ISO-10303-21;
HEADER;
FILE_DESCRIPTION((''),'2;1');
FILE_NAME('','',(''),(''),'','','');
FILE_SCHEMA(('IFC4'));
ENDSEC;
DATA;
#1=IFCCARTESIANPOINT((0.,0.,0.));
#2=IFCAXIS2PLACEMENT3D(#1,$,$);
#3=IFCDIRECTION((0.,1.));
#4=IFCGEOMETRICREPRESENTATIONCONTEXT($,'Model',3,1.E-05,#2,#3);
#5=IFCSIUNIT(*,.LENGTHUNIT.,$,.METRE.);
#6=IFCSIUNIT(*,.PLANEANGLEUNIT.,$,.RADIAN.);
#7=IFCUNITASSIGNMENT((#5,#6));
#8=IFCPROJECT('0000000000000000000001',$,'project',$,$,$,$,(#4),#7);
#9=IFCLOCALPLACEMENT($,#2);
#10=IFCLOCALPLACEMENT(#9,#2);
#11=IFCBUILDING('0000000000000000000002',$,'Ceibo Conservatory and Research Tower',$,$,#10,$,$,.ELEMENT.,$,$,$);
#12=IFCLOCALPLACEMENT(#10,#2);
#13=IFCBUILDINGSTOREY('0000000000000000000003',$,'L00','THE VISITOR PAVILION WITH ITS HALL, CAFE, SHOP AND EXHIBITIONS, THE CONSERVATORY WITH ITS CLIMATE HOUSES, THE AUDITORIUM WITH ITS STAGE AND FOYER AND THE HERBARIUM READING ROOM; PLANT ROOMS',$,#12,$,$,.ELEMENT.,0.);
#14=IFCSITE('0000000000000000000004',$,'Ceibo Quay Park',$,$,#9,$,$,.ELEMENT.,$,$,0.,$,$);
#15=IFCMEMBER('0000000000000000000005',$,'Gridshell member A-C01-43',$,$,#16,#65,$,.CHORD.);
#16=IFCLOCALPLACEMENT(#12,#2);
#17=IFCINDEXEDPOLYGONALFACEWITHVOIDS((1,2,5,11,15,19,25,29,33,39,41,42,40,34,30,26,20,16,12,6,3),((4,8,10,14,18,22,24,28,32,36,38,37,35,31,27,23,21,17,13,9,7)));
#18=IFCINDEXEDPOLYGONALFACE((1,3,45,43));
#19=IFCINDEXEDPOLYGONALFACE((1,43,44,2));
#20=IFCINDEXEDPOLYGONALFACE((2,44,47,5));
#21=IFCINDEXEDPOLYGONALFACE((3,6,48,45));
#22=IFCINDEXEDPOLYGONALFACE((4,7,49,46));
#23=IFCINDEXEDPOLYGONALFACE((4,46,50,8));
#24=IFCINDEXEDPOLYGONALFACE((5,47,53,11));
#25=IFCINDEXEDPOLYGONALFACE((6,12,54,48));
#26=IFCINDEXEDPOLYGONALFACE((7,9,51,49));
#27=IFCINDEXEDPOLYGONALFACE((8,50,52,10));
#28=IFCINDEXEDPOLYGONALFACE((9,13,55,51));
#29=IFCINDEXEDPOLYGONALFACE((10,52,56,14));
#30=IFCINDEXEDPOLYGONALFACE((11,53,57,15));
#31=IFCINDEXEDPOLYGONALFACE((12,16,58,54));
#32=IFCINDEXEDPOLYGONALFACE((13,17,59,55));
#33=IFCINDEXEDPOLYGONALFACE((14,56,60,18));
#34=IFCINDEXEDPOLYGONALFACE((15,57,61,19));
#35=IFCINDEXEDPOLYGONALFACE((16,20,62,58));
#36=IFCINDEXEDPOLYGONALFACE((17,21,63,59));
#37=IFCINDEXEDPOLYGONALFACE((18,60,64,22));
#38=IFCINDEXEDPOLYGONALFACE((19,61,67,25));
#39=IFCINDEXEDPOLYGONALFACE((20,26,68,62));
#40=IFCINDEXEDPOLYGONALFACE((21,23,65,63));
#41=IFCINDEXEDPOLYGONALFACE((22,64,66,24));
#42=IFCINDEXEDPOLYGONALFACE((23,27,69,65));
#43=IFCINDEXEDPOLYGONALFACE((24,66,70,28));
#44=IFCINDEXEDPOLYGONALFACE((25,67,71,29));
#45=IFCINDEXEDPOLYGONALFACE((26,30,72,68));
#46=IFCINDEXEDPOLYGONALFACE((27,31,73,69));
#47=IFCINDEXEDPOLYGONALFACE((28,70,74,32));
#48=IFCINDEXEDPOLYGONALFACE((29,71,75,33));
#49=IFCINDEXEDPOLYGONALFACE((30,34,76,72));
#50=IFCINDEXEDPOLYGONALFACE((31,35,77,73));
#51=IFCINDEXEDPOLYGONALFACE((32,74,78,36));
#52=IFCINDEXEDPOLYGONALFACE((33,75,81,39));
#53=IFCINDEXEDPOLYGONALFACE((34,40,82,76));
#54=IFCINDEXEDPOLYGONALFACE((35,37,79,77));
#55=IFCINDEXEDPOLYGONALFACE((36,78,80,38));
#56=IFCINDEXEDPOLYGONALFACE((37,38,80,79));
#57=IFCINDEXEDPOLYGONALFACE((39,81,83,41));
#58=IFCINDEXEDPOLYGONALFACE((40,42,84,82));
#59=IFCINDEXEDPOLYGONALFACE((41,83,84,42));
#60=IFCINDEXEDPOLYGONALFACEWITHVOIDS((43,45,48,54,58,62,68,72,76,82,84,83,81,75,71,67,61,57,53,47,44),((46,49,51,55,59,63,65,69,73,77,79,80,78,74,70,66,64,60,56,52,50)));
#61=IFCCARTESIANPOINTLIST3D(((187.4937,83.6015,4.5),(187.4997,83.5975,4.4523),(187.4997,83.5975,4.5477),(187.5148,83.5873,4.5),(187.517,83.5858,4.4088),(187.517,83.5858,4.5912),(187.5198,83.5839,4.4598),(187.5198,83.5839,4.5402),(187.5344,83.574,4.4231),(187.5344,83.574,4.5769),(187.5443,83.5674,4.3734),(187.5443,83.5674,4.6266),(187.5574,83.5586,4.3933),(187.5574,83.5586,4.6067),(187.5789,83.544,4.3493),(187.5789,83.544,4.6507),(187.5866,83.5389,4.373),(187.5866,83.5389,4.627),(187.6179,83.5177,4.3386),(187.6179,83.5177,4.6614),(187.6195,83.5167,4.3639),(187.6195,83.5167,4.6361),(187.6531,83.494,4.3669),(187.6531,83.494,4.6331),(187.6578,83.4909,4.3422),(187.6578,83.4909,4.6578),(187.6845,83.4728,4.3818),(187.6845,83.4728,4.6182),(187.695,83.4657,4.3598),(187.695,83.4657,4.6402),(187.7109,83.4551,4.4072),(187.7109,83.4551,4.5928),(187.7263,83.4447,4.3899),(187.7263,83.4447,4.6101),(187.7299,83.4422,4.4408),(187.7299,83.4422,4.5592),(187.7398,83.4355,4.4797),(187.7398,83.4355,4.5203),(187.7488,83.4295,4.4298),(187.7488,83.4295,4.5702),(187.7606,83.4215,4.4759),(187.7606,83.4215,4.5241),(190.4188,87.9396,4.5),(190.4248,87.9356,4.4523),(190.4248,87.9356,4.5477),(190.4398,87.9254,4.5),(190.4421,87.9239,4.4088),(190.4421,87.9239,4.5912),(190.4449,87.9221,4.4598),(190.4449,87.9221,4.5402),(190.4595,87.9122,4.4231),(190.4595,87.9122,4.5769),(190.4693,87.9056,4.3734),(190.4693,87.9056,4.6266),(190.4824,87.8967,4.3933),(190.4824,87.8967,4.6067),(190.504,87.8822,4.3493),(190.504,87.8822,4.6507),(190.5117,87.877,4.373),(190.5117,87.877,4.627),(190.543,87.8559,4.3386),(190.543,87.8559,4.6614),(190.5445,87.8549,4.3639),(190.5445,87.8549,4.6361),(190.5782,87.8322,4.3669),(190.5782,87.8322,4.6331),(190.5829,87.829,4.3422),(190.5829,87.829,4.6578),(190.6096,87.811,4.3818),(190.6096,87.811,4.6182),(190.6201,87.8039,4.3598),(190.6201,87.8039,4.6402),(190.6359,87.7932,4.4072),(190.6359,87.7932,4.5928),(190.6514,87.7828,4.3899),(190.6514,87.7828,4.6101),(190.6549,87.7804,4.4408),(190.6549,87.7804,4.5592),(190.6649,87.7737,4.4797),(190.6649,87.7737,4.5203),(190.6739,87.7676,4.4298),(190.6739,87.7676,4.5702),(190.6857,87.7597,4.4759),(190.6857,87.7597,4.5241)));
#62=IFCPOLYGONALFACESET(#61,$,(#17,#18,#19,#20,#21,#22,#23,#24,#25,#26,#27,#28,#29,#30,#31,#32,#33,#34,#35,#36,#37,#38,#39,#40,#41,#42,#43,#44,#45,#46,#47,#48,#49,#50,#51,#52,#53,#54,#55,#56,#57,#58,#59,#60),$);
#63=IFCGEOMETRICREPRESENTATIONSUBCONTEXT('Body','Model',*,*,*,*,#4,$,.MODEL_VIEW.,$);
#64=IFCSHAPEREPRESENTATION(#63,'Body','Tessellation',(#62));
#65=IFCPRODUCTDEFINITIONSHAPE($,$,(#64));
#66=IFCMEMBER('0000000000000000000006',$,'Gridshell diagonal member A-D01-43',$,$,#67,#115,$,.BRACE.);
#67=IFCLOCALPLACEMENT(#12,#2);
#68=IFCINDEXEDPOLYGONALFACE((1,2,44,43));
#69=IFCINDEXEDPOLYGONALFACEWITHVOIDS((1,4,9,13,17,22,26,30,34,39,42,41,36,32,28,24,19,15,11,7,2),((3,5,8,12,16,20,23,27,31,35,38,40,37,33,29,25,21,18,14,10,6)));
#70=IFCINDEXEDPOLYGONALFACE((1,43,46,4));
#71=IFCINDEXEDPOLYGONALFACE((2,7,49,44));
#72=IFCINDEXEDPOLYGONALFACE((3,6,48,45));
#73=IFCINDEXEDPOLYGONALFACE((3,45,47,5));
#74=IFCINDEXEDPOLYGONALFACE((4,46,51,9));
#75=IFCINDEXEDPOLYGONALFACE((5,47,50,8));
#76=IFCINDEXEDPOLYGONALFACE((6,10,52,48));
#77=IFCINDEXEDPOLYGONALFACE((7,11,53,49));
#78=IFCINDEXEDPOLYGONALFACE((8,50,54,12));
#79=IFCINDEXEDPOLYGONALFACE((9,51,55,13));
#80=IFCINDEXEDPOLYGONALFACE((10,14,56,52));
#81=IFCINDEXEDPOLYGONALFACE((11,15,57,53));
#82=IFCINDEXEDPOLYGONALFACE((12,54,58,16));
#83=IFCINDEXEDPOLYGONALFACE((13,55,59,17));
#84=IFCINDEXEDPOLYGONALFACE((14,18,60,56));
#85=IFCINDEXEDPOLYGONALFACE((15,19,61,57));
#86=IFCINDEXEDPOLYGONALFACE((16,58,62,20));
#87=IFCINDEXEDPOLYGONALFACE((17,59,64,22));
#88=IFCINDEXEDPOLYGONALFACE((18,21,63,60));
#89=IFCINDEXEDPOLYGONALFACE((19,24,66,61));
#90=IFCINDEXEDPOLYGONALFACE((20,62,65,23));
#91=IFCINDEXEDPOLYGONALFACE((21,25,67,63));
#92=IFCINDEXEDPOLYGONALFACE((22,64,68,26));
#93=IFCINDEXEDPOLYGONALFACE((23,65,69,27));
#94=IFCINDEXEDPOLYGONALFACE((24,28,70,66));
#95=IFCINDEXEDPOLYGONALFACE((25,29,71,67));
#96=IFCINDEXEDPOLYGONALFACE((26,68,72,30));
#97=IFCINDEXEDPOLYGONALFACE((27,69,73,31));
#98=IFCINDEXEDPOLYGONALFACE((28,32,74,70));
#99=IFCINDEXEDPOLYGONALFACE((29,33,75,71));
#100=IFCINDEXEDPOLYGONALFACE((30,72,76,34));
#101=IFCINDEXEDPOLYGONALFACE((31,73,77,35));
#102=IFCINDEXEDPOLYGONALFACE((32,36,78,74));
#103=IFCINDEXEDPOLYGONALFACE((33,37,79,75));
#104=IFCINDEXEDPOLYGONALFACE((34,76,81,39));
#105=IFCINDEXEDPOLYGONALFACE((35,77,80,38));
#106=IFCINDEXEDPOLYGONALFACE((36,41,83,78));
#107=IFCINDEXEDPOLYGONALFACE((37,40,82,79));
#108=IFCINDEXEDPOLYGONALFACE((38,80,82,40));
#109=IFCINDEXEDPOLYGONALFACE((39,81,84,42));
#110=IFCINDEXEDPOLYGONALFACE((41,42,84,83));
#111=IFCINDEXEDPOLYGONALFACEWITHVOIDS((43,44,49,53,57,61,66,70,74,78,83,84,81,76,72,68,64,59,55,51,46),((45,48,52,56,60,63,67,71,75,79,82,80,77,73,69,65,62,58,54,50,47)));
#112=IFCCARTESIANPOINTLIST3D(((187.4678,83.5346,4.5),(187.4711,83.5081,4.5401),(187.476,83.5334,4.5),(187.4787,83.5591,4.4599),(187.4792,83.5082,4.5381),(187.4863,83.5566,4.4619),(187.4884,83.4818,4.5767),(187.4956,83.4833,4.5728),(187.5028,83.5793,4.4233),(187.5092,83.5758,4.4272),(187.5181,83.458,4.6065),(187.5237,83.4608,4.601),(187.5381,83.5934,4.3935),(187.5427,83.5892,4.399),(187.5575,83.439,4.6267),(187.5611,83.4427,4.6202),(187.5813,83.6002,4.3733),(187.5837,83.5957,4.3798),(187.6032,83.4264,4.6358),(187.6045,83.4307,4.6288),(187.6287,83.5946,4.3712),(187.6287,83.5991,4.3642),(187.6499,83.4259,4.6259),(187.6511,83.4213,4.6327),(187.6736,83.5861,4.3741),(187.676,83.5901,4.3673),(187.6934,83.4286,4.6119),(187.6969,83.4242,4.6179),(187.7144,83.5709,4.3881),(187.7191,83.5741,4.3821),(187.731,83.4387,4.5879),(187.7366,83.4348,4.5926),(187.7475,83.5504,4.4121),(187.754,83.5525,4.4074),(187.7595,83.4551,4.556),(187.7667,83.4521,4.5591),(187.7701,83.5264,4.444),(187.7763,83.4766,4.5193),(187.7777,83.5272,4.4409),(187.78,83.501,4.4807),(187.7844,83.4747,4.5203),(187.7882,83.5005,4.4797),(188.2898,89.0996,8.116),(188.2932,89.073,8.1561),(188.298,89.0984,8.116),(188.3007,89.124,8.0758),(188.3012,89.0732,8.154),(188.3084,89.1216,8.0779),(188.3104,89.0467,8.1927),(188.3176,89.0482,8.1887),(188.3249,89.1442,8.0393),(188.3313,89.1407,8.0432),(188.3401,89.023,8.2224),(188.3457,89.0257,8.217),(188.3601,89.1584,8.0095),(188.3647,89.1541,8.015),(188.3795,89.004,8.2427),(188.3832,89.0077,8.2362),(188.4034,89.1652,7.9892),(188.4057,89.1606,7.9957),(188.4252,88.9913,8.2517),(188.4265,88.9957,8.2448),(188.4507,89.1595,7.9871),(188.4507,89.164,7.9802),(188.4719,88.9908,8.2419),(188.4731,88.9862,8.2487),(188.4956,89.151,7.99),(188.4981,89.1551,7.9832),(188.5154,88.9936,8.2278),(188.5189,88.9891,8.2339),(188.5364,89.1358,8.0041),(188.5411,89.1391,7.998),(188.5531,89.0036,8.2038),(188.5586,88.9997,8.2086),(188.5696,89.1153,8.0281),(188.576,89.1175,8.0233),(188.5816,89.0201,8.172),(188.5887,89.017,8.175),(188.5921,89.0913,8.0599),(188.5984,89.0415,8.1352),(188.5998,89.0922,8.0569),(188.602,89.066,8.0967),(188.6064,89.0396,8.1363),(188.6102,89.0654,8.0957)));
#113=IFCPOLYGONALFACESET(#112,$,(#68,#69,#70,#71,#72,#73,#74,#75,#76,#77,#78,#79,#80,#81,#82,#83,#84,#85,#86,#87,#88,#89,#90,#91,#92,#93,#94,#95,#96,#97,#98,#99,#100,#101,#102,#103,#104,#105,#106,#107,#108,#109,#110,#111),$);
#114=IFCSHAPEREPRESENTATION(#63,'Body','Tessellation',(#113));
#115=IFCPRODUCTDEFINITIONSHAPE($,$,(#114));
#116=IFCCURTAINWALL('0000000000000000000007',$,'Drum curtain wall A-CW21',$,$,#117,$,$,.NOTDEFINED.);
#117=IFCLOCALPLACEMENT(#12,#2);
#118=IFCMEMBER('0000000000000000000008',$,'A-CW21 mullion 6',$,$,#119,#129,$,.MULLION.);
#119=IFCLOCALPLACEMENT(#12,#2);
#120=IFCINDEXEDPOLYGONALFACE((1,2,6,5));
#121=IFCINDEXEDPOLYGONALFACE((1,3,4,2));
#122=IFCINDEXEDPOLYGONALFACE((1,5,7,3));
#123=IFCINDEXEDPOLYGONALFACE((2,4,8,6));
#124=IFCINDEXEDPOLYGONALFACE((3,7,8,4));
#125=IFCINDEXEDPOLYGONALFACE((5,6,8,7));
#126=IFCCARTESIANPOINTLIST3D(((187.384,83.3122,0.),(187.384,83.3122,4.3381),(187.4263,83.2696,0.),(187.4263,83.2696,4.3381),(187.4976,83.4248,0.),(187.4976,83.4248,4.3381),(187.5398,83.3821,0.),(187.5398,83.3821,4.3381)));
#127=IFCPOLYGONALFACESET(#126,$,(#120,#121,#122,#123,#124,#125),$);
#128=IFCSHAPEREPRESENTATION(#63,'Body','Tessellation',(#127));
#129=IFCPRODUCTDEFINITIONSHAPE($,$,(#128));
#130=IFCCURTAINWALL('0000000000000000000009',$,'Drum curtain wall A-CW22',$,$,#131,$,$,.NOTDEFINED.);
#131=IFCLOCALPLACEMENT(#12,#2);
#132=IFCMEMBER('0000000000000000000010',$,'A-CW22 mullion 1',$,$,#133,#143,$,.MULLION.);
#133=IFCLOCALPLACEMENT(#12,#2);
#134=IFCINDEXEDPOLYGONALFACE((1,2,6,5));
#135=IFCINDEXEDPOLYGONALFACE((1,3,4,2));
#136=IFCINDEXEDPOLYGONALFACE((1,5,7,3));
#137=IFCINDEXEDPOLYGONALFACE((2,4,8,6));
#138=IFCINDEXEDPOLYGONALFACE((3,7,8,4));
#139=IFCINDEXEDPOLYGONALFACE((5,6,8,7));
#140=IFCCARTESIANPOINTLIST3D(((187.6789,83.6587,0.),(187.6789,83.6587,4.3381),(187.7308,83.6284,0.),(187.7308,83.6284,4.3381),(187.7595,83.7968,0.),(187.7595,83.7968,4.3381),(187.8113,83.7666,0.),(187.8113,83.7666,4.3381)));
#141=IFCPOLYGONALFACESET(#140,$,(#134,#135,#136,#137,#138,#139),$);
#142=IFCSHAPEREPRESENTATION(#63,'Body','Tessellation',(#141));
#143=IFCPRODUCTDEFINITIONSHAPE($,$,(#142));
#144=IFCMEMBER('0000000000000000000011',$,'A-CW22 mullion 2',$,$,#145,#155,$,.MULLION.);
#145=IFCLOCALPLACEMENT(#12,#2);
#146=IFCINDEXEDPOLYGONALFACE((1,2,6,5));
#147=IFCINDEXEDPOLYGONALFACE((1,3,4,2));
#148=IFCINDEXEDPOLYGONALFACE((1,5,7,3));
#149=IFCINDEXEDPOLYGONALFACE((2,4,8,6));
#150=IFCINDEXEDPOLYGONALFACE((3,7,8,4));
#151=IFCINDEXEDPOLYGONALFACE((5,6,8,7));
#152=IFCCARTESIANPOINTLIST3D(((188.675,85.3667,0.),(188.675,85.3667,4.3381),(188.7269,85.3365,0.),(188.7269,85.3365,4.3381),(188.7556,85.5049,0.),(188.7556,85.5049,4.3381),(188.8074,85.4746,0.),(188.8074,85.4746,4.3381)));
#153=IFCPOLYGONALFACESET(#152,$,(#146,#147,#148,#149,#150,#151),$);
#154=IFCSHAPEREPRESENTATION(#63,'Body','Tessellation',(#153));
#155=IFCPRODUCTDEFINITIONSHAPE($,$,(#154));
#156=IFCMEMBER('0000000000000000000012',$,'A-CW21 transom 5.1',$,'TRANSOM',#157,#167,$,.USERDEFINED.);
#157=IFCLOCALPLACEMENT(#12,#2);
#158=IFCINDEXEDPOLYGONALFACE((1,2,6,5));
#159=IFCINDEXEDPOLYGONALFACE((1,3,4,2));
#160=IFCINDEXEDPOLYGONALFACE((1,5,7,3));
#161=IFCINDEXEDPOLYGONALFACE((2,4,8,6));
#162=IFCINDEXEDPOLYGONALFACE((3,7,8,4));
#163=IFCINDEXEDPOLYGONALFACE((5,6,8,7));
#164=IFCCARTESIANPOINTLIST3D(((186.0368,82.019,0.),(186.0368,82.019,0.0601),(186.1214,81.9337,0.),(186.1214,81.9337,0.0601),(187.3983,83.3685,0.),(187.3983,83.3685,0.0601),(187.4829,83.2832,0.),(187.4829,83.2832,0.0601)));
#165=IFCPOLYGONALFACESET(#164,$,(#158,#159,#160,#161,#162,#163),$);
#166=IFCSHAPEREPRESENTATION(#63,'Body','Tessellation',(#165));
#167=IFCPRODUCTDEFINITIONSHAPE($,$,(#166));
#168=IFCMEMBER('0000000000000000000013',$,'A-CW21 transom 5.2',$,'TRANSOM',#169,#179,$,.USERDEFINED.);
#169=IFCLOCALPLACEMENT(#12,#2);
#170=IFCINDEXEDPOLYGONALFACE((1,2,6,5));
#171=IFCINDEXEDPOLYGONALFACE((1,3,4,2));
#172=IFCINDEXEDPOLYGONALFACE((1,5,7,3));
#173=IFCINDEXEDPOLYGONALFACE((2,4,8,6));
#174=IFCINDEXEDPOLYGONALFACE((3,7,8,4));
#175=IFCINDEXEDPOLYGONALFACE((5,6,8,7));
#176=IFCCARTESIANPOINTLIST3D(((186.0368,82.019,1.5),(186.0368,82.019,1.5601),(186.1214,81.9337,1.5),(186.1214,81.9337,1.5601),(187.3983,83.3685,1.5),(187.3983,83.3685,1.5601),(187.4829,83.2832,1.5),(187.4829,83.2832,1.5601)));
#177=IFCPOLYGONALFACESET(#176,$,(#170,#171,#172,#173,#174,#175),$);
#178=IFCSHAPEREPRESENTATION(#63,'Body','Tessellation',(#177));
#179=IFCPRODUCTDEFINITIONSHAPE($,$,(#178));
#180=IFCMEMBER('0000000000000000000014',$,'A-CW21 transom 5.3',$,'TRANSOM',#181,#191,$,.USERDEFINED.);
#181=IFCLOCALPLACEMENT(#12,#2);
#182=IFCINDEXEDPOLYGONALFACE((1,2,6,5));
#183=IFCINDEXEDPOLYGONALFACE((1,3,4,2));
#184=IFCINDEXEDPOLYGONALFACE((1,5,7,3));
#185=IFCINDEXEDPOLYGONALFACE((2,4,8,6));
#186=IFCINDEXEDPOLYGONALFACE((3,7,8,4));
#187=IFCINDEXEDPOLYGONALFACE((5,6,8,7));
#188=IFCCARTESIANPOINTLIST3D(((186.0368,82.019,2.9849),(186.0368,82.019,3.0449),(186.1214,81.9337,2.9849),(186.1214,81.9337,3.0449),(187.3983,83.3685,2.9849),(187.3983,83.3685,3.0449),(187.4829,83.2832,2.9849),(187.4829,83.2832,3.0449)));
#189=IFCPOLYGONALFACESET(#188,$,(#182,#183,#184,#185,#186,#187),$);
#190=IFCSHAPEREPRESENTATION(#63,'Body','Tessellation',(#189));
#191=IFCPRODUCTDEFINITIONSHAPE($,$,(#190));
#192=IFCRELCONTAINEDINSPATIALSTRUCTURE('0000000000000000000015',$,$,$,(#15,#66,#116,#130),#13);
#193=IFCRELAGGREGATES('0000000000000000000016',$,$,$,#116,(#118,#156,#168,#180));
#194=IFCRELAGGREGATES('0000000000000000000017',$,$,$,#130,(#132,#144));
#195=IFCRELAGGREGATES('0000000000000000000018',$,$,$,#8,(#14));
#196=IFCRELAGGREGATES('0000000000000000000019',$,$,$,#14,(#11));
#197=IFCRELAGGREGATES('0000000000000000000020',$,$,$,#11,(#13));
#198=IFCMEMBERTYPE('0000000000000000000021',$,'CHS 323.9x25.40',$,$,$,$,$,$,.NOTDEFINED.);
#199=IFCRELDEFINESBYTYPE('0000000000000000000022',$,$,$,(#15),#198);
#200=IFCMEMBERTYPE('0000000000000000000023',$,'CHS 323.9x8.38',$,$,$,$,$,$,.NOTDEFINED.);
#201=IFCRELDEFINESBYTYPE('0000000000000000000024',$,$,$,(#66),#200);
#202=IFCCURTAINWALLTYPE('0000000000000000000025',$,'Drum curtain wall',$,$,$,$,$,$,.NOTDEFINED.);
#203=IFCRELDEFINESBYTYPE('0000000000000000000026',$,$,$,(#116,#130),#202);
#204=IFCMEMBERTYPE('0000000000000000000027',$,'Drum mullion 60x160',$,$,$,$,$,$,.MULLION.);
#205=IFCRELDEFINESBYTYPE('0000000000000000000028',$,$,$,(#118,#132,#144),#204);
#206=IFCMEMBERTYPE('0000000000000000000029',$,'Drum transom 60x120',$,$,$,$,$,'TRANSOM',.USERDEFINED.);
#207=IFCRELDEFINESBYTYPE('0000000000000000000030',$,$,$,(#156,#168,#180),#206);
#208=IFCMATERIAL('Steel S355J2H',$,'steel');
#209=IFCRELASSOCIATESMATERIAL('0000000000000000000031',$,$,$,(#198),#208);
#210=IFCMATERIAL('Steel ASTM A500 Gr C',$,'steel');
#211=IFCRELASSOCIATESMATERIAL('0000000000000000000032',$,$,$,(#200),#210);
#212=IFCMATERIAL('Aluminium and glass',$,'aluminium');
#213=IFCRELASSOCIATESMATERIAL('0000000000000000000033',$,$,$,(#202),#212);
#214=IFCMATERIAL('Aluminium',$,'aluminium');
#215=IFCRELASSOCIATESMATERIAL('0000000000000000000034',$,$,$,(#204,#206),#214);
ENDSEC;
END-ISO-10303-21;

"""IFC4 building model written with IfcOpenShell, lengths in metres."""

from ifc_helpers import new_model, si_unit, direction, frame, origin, origin_2d, place, context, subcontext, project, spatial, rectangle, hollow_circle, extrude, material, material_profile, profile_set, type_object, element, aggregate, save


model = new_model("IFC4")

# Units and contexts
model_context = context("Model", 3, precision=1e-05, world=origin(), true_north=direction((0.0, 1.0)))
body_context = subcontext(model_context, "Body", "Model", "MODEL_VIEW")
ifc_project = project(units=[si_unit("LENGTHUNIT", "METRE"), si_unit("PLANEANGLEUNIT", "RADIAN")], contexts=[model_context])

# Site, building, storey
site_placement = place(None, origin())
site = spatial("IfcSite", under=ifc_project, at=site_placement, Name="Ceibo Quay Park", CompositionType="ELEMENT", RefElevation=0.0)
building_placement = place(site_placement, origin())
building = spatial("IfcBuilding", under=site, at=building_placement, Name="Ceibo Conservatory and Research Tower", CompositionType="ELEMENT")
storey_placement = place(building_placement, origin())
storey = spatial("IfcBuildingStorey", under=building, at=storey_placement, Name="L00", Description="THE VISITOR PAVILION WITH ITS HALL, CAFE, SHOP AND EXHIBITIONS, THE CONSERVATORY WITH ITS CLIMATE HOUSES, THE AUDITORIUM WITH ITS STAGE AND FOYER AND THE HERBARIUM READING ROOM; PLANT ROOMS", CompositionType="ELEMENT", Elevation=0.0)

# Shared definitions
ifc_material_1 = material(Name="Steel ASTM A500 Gr C", Category="steel")

# Members
ifc_material_2 = material(Name="Steel S355J2H", Category="steel")
ifc_material_profile_1 = material_profile(ifc_material_2, hollow_circle(Radius=0.1619, WallThickness=0.0254, at=origin_2d()), Name="CHS 323.9x25.40")
ifc_profile_set_1 = profile_set([ifc_material_profile_1], Name="Steel S355J2H")
member_type_1 = type_object("IfcMemberType", Name="CHS 323.9x25.40", PredefinedType="NOTDEFINED", material=ifc_profile_set_1)
member_1_placement = place(storey_placement, frame((187.6279, 83.511, 4.5), z_axis=(0.559054, 0.829131, 0.0), x_axis=(-0.829131, 0.559054, 0.0)))
element("IfcMember", 1, at=member_1_placement, inside=storey, type_object=member_type_1, Name="Gridshell member A-C01-43", PredefinedType="CHORD", context=body_context, shape_type="SweptSolid", body=[
    extrude(hollow_circle(Radius=0.1619, WallThickness=0.0254, at=origin_2d()), origin(), (0.0, 0.0, 1.0), 5.2322),
])
ifc_material_profile_2 = material_profile(ifc_material_1, hollow_circle(Radius=0.1619, WallThickness=0.0083, at=origin_2d()), Name="CHS 323.9x8.38")
ifc_profile_set_2 = profile_set([ifc_material_profile_2], Name="Steel ASTM A500 Gr C")
member_type_2 = type_object("IfcMemberType", Name="CHS 323.9x8.38", PredefinedType="NOTDEFINED", material=ifc_profile_set_2)
member_2_placement = place(storey_placement, frame((187.6279, 83.511, 4.5), z_axis=(0.122923, 0.83217, 0.540724), x_axis=(-0.989266, 0.146129, 0.0)))
element("IfcMember", 2, at=member_2_placement, inside=storey, type_object=member_type_2, Name="Gridshell diagonal member A-D01-43", PredefinedType="BRACE", context=body_context, shape_type="SweptSolid", body=[
    extrude(hollow_circle(Radius=0.1619, WallThickness=0.0083, at=origin_2d()), origin(), (0.0, 0.0, 1.0), 6.6873),
])

# Curtain wall, member
ifc_material_3 = material(Name="Aluminium and glass", Category="aluminium")
curtain_wall_type = type_object("IfcCurtainWallType", Name="Drum curtain wall", PredefinedType="NOTDEFINED", material=ifc_material_3)
curtain_wall_1_placement = place(storey_placement, origin())
curtain_wall_1 = element("IfcCurtainWall", 3, at=curtain_wall_1_placement, inside=storey, type_object=curtain_wall_type, Name="Drum curtain wall A-CW21", PredefinedType="NOTDEFINED")
ifc_material_4 = material(Name="Aluminium", Category="aluminium")
ifc_material_profile_3 = material_profile(ifc_material_4, rectangle(XDim=0.0601, YDim=0.1599, at=origin_2d()), Name="AL 60x160")
ifc_profile_set_3 = profile_set([ifc_material_profile_3], Name="Aluminium")
member_type_3 = type_object("IfcMemberType", Name="Drum mullion 60x160", PredefinedType="MULLION", material=ifc_profile_set_3)
member_3_placement = place(storey_placement, frame((187.4619, 83.3472, 0.0), z_axis=(0.0, 0.0, 1.0), x_axis=(-0.704015, 0.710185, 0.0)))
member_3 = element("IfcMember", 4, at=member_3_placement, type_object=member_type_3, Name="A-CW21 mullion 6", PredefinedType="MULLION", context=body_context, shape_type="SweptSolid", body=[
    extrude(rectangle(XDim=0.0601, YDim=0.1599, at=origin_2d()), origin(), (0.0, 0.0, 1.0), 4.3381),
])

# Curtain wall, members
curtain_wall_2_placement = place(storey_placement, origin())
curtain_wall_2 = element("IfcCurtainWall", 5, at=curtain_wall_2_placement, inside=storey, type_object=curtain_wall_type, Name="Drum curtain wall A-CW22", PredefinedType="NOTDEFINED")
member_4_placement = place(storey_placement, frame((187.7451, 83.7126, 0.0), z_axis=(0.0, 0.0, 1.0), x_axis=(-0.863836, 0.503774, 0.0)))
member_4 = element("IfcMember", 6, at=member_4_placement, type_object=member_type_3, Name="A-CW22 mullion 1", PredefinedType="MULLION", context=body_context, shape_type="SweptSolid", body=[
    extrude(rectangle(XDim=0.0601, YDim=0.1599, at=origin_2d()), origin(), (0.0, 0.0, 1.0), 4.3381),
])
member_5_placement = place(storey_placement, frame((188.7412, 85.4207, 0.0), z_axis=(0.0, 0.0, 1.0), x_axis=(-0.863836, 0.503774, 0.0)))
member_5 = element("IfcMember", 7, at=member_5_placement, type_object=member_type_3, Name="A-CW22 mullion 2", PredefinedType="MULLION", context=body_context, shape_type="SweptSolid", body=[
    extrude(rectangle(XDim=0.0601, YDim=0.1599, at=origin_2d()), origin(), (0.0, 0.0, 1.0), 4.3381),
])

# Members
ifc_material_profile_4 = material_profile(ifc_material_4, rectangle(XDim=0.1201, YDim=0.0601, at=origin_2d()), Name="AL 60x120")
ifc_profile_set_4 = profile_set([ifc_material_profile_4], Name="Aluminium")
member_type_4 = type_object("IfcMemberType", Name="Drum transom 60x120", ElementType="TRANSOM", PredefinedType="USERDEFINED", material=ifc_profile_set_4)
member_6_placement = place(storey_placement, frame((186.0791, 81.9763, 0.03), z_axis=(0.71022, 0.70398, 0.0), x_axis=(-0.70398, 0.71022, 0.0)))
member_6 = element("IfcMember", 8, at=member_6_placement, type_object=member_type_4, Name="A-CW21 transom 5.1", ObjectType="TRANSOM", PredefinedType="USERDEFINED", context=body_context, shape_type="SweptSolid", body=[
    extrude(rectangle(XDim=0.1201, YDim=0.0601, at=origin_2d()), origin(), (0.0, 0.0, 1.0), 1.917),
])
member_7_placement = place(storey_placement, frame((186.0791, 81.9763, 1.53), z_axis=(0.71022, 0.70398, 0.0), x_axis=(-0.70398, 0.71022, 0.0)))
member_7 = element("IfcMember", 9, at=member_7_placement, type_object=member_type_4, Name="A-CW21 transom 5.2", ObjectType="TRANSOM", PredefinedType="USERDEFINED", context=body_context, shape_type="SweptSolid", body=[
    extrude(rectangle(XDim=0.1201, YDim=0.0601, at=origin_2d()), origin(), (0.0, 0.0, 1.0), 1.917),
])
member_8_placement = place(storey_placement, frame((186.0791, 81.9763, 3.0149), z_axis=(0.71022, 0.70398, 0.0), x_axis=(-0.70398, 0.71022, 0.0)))
member_8 = element("IfcMember", 10, at=member_8_placement, type_object=member_type_4, Name="A-CW21 transom 5.3", ObjectType="TRANSOM", PredefinedType="USERDEFINED", context=body_context, shape_type="SweptSolid", body=[
    extrude(rectangle(XDim=0.1201, YDim=0.0601, at=origin_2d()), origin(), (0.0, 0.0, 1.0), 1.917),
])

aggregate(curtain_wall_1, [member_3, member_6, member_7, member_8])
aggregate(curtain_wall_2, [member_4, member_5])

save(model, "model.ifc")
